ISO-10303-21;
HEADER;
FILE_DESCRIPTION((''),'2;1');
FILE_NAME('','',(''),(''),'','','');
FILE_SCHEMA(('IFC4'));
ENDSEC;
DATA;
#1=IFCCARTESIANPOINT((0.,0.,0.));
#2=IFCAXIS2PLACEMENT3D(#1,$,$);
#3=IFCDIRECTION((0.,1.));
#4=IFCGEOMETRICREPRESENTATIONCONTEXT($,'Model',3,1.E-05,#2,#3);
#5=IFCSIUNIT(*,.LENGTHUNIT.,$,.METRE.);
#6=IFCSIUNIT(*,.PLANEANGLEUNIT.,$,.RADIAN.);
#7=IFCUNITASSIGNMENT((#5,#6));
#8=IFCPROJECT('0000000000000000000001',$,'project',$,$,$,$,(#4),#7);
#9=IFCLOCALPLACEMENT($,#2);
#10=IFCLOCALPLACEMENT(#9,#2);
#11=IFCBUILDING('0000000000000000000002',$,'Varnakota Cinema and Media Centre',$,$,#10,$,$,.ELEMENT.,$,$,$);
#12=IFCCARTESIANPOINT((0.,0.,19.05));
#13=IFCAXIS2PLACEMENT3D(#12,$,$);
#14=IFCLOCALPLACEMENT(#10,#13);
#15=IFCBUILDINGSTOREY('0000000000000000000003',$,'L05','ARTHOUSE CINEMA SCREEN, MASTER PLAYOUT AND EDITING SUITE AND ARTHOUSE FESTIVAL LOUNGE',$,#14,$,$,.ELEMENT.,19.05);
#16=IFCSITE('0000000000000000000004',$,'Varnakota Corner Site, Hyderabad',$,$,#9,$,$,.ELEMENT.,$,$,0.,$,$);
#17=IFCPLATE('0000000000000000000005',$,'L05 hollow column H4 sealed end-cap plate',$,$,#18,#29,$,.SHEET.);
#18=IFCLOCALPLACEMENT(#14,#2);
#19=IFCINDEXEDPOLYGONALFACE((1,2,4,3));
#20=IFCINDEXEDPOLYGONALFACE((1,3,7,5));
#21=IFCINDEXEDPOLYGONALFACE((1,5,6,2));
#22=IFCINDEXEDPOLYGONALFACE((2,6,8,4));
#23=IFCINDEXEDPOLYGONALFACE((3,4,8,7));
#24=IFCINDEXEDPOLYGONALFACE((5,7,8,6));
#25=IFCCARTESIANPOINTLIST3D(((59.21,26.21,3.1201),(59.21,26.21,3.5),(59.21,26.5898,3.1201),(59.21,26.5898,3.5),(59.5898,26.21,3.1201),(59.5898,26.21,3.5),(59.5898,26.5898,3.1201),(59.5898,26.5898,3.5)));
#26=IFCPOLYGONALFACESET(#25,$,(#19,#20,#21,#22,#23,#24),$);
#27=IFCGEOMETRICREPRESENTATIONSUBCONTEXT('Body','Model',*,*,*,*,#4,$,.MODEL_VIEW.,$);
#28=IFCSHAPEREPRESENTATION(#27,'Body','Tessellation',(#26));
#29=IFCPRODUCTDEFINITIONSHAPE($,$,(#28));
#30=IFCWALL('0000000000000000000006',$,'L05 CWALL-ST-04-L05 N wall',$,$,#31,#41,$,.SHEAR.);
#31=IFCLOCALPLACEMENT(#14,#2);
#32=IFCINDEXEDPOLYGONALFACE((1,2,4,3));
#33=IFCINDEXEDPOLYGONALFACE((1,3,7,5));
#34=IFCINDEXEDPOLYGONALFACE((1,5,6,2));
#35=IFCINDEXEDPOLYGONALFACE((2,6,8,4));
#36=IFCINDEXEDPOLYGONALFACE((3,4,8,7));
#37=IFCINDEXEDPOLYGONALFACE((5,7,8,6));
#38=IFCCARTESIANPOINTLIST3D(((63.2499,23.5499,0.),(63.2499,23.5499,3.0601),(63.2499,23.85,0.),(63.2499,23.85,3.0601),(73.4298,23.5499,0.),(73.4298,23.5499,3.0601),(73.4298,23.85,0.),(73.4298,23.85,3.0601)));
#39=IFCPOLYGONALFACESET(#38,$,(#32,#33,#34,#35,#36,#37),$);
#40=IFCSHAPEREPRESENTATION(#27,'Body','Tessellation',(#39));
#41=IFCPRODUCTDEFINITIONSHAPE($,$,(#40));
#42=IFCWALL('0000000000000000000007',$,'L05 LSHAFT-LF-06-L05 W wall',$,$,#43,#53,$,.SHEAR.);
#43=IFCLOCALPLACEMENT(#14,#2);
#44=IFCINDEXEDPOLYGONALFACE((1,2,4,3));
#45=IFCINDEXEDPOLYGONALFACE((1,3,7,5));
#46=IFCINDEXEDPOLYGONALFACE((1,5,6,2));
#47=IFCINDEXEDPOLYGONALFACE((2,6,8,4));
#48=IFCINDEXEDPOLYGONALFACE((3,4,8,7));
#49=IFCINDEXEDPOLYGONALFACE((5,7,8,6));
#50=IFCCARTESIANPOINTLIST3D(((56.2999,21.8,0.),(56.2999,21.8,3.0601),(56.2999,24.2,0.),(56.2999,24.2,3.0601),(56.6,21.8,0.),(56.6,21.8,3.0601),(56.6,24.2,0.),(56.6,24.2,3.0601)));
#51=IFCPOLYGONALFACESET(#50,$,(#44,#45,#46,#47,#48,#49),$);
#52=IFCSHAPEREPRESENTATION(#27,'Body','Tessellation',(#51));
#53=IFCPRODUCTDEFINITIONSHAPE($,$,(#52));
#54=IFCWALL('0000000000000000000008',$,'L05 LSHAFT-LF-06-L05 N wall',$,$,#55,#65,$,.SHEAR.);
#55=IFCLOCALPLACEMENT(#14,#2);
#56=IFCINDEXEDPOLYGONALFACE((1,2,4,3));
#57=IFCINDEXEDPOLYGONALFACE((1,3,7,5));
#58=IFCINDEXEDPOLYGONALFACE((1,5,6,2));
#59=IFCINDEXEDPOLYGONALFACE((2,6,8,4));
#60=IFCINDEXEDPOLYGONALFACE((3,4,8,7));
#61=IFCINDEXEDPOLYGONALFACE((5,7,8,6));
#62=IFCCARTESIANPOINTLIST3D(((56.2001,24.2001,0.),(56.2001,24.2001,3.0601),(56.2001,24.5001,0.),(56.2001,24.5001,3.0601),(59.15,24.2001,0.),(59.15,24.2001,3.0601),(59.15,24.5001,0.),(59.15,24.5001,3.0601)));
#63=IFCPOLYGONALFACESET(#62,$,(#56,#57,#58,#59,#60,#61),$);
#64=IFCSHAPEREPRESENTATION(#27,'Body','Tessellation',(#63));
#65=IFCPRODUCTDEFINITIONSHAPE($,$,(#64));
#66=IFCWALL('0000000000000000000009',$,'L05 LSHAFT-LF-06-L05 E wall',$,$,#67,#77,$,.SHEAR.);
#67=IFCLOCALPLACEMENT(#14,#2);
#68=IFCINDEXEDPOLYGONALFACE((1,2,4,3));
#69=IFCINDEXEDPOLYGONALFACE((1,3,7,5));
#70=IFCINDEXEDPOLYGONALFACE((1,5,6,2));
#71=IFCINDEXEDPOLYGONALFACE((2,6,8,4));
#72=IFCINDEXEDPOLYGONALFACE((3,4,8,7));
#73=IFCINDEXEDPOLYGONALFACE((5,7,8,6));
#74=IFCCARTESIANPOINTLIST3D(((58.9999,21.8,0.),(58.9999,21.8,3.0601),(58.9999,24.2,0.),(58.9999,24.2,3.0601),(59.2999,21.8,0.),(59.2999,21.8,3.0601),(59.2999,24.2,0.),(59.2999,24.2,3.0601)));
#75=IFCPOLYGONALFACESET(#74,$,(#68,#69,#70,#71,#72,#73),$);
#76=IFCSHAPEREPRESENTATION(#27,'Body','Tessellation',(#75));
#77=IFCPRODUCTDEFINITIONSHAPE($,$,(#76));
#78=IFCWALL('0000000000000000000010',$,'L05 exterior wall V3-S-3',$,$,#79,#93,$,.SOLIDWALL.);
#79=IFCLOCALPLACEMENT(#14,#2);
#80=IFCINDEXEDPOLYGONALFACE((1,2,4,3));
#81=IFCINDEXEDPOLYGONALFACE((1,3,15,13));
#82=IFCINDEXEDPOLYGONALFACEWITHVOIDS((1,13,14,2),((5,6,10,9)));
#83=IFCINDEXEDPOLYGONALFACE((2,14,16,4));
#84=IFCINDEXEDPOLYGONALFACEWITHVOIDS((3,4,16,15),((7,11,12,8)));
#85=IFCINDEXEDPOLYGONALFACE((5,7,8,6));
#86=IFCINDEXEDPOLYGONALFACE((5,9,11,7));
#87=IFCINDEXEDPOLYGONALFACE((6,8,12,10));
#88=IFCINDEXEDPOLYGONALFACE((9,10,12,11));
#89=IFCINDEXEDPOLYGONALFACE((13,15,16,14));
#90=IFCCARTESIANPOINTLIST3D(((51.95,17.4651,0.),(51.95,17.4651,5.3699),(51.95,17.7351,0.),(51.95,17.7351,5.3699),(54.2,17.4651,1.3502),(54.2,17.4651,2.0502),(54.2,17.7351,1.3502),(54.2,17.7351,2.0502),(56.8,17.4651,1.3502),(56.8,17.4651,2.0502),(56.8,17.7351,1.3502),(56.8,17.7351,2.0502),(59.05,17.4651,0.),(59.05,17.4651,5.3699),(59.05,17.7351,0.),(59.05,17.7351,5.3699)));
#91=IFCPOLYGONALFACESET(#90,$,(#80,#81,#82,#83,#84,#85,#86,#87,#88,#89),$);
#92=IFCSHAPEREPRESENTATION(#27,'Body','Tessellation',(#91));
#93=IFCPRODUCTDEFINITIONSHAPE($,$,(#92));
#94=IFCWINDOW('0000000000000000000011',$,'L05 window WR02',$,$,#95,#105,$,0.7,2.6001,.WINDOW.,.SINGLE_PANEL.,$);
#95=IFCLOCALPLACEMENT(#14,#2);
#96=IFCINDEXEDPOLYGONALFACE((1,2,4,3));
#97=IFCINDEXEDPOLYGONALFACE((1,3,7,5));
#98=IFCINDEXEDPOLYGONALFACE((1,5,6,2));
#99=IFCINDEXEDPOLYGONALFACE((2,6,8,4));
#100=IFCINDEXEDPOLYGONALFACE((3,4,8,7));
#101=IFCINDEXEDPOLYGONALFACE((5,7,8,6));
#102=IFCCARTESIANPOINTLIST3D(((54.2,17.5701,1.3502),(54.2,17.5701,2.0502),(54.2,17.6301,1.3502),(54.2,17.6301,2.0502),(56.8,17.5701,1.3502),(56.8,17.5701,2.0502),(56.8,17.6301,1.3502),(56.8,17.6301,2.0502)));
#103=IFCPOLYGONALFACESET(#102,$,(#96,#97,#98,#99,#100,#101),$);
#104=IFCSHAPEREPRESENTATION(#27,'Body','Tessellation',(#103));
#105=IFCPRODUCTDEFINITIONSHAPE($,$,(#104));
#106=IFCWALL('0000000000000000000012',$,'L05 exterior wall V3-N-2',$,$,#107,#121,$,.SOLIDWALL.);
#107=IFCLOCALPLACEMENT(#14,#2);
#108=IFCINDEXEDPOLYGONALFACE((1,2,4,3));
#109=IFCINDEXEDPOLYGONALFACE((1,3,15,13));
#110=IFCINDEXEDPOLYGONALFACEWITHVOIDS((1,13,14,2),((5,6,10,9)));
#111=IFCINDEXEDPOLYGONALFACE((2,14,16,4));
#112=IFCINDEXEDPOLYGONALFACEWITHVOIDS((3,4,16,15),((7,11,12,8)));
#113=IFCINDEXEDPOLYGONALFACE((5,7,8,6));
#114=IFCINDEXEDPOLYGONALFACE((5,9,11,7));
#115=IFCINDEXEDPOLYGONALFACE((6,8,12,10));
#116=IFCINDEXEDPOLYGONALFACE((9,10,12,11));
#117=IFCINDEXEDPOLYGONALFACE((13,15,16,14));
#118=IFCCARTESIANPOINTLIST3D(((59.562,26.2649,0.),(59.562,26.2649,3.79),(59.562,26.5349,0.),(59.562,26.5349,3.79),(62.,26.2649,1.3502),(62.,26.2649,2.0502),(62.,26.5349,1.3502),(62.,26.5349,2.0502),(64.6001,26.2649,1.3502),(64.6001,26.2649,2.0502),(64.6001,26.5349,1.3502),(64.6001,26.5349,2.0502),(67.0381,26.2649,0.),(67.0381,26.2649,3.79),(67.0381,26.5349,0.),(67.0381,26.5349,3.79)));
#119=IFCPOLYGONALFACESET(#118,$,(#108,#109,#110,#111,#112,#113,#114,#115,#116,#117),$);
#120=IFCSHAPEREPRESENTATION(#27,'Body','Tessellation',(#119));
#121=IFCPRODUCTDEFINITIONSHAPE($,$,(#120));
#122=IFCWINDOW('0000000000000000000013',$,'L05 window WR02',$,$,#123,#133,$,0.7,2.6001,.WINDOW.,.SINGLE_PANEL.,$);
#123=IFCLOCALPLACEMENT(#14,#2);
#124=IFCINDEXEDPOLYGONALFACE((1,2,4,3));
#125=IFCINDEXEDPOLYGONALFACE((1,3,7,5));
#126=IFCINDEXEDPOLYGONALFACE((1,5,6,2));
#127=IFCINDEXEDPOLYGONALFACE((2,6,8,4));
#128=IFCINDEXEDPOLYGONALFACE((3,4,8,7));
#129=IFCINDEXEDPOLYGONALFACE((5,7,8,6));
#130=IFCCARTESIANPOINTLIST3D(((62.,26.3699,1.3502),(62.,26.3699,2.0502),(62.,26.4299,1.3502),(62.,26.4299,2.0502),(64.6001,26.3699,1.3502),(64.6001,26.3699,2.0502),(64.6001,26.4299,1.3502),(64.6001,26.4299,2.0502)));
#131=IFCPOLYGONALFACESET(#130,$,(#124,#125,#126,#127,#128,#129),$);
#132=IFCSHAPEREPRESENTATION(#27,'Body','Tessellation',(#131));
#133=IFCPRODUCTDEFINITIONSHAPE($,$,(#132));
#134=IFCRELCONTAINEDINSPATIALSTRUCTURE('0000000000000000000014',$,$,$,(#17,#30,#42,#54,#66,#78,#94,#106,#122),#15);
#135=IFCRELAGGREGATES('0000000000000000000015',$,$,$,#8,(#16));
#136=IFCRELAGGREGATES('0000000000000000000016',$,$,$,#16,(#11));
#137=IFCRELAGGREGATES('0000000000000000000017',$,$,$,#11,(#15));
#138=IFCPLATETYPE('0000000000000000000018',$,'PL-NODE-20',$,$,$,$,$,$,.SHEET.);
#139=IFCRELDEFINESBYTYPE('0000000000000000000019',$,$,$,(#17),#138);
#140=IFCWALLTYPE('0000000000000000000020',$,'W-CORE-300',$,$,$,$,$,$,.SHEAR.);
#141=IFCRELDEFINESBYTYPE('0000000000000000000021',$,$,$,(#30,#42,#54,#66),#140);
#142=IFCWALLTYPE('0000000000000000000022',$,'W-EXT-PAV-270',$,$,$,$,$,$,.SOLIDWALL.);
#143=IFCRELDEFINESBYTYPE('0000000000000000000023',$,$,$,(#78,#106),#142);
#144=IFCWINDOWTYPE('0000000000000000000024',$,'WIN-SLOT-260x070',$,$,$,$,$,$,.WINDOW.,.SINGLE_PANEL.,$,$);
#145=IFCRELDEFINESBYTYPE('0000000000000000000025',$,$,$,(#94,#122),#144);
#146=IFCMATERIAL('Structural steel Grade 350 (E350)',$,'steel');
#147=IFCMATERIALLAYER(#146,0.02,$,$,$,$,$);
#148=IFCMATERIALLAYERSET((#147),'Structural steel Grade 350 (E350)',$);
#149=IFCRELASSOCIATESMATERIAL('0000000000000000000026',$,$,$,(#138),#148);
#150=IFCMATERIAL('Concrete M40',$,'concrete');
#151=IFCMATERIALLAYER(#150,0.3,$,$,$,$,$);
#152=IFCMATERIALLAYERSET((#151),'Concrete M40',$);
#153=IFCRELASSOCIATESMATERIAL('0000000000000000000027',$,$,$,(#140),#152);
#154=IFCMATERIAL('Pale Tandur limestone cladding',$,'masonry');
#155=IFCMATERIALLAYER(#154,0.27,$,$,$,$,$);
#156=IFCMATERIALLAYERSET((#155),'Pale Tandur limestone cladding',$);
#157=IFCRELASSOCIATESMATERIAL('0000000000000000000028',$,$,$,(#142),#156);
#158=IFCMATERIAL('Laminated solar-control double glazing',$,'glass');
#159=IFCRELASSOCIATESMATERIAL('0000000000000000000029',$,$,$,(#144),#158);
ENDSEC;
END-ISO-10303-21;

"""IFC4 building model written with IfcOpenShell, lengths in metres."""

from ifc_helpers import new_model, si_unit, direction, frame, frame_2d, origin, origin_2d, place, context, subcontext, project, spatial, rectangle, extrude, material, layer, layer_set, type_object, element, fill, save


model = new_model("IFC4")

# Units and contexts
model_context = context("Model", 3, precision=1e-05, world=origin(), true_north=direction((0.0, 1.0)))
body_context = subcontext(model_context, "Body", "Model", "MODEL_VIEW")
ifc_project = project(units=[si_unit("LENGTHUNIT", "METRE"), si_unit("PLANEANGLEUNIT", "RADIAN")], contexts=[model_context])

# Site, building, storey
site_placement = place(None, origin())
site = spatial("IfcSite", under=ifc_project, at=site_placement, Name="Varnakota Corner Site, Hyderabad", CompositionType="ELEMENT", RefElevation=0.0)
building_placement = place(site_placement, origin())
building = spatial("IfcBuilding", under=site, at=building_placement, Name="Varnakota Cinema and Media Centre", CompositionType="ELEMENT")
storey_placement = place(building_placement, frame((0.0, 0.0, 19.05)))
storey = spatial("IfcBuildingStorey", under=building, at=storey_placement, Name="L05", Description="ARTHOUSE CINEMA SCREEN, MASTER PLAYOUT AND EDITING SUITE AND ARTHOUSE FESTIVAL LOUNGE", CompositionType="ELEMENT", Elevation=19.05)

# Plate
ifc_material_1 = material(Name="Structural steel Grade 350 (E350)", Category="steel")
ifc_layer_1 = layer(ifc_material_1, 0.02)
ifc_layer_set_1 = layer_set([ifc_layer_1], Name="Structural steel Grade 350 (E350)")
plate_type = type_object("IfcPlateType", Name="PL-NODE-20", PredefinedType="SHEET", material=ifc_layer_set_1)
plate_placement = place(storey_placement, frame((59.3999, 26.3999, 3.1201), z_axis=(0.0, 0.0, 1.0), x_axis=(1.0, 0.0, 0.0)))
element("IfcPlate", 1, at=plate_placement, inside=storey, type_object=plate_type, Name="L05 hollow column H4 sealed end-cap plate", PredefinedType="SHEET", context=body_context, shape_type="SweptSolid", body=[
    extrude(rectangle(XDim=0.3799, YDim=0.3799, at=origin_2d()), origin(), (0.0, 0.0, 1.0), 0.3799),
])

# Shared definitions
ifc_material_2 = material(Name="Concrete M40", Category="concrete")
ifc_layer_2 = layer(ifc_material_2, 0.3)
ifc_layer_set_2 = layer_set([ifc_layer_2], Name="Concrete M40")
wall_type_1 = type_object("IfcWallType", Name="W-CORE-300", PredefinedType="SHEAR", material=ifc_layer_set_2)

# Wall
wall_1_placement = place(storey_placement, frame((63.25, 23.7, 0.0), z_axis=(0.0, 0.0, 1.0), x_axis=(1.0, 0.0, 0.0)))
element("IfcWall", 2, at=wall_1_placement, inside=storey, type_object=wall_type_1, Name="L05 CWALL-ST-04-L05 N wall", PredefinedType="SHEAR", context=body_context, shape_type="SweptSolid", body=[
    extrude(rectangle(XDim=10.1799, YDim=0.3, at=frame_2d((5.0898, 0.0))), origin(), (0.0, 0.0, 1.0), 3.0601),
])

# Walls
wall_2_placement = place(storey_placement, frame((56.45, 21.8, 0.0), z_axis=(0.0, 0.0, 1.0), x_axis=(0.0, 1.0, 0.0)))
element("IfcWall", 3, at=wall_2_placement, inside=storey, type_object=wall_type_1, Name="L05 LSHAFT-LF-06-L05 W wall", PredefinedType="SHEAR", context=body_context, shape_type="SweptSolid", body=[
    extrude(rectangle(XDim=2.3999, YDim=0.3, at=frame_2d((1.2, 0.0))), origin(), (0.0, 0.0, 1.0), 3.0601),
])
wall_3_placement = place(storey_placement, frame((56.2, 24.3501, 0.0), z_axis=(0.0, 0.0, 1.0), x_axis=(1.0, 0.0, 0.0)))
element("IfcWall", 4, at=wall_3_placement, inside=storey, type_object=wall_type_1, Name="L05 LSHAFT-LF-06-L05 N wall", PredefinedType="SHEAR", context=body_context, shape_type="SweptSolid", body=[
    extrude(rectangle(XDim=2.95, YDim=0.3, at=frame_2d((1.4751, 0.0))), origin(), (0.0, 0.0, 1.0), 3.0601),
])
wall_4_placement = place(storey_placement, frame((59.1499, 24.2, 0.0), z_axis=(0.0, 0.0, 1.0), x_axis=(0.0, -1.0, 0.0)))
element("IfcWall", 5, at=wall_4_placement, inside=storey, type_object=wall_type_1, Name="L05 LSHAFT-LF-06-L05 E wall", PredefinedType="SHEAR", context=body_context, shape_type="SweptSolid", body=[
    extrude(rectangle(XDim=2.3999, YDim=0.3, at=frame_2d((1.2, 0.0))), origin(), (0.0, 0.0, 1.0), 3.0601),
])

# Walls, openings, windows
ifc_material_3 = material(Name="Pale Tandur limestone cladding", Category="masonry")
ifc_layer_3 = layer(ifc_material_3, 0.27)
ifc_layer_set_3 = layer_set([ifc_layer_3], Name="Pale Tandur limestone cladding")
wall_type_2 = type_object("IfcWallType", Name="W-EXT-PAV-270", PredefinedType="SOLIDWALL", material=ifc_layer_set_3)
wall_5_placement = place(storey_placement, frame((59.05, 17.6001, 0.0), z_axis=(0.0, 0.0, 1.0), x_axis=(-1.0, 0.0, 0.0)))
wall_5 = element("IfcWall", 6, at=wall_5_placement, inside=storey, type_object=wall_type_2, Name="L05 exterior wall V3-S-3", PredefinedType="SOLIDWALL", context=body_context, shape_type="SweptSolid", body=[
    extrude(rectangle(XDim=7.1001, YDim=0.27, at=frame_2d((3.55, 0.0))), origin(), (0.0, 0.0, 1.0), 5.3699),
])
opening_1_placement = place(wall_5_placement, frame((2.25, 0.0, 1.3501)))
opening_1 = element("IfcOpeningElement", 7, at=opening_1_placement, cuts=wall_5, PredefinedType="OPENING", context=body_context, shape_type="SweptSolid", body=[
    extrude(rectangle(XDim=2.6001, YDim=0.7, at=frame_2d((1.3, 0.3501))), frame((0.0, 0.135, 0.0), z_axis=(0.0, -1.0, 0.0), x_axis=(1.0, 0.0, 0.0)), (0.0, 0.0, 1.0), 0.27),
])
ifc_material_4 = material(Name="Laminated solar-control double glazing", Category="glass")
window_type = type_object("IfcWindowType", Name="WIN-SLOT-260x070", PartitioningType="SINGLE_PANEL", PredefinedType="WINDOW", material=ifc_material_4)
window_1_placement = place(opening_1_placement, origin())
window_1 = element("IfcWindow", 8, at=window_1_placement, inside=storey, type_object=window_type, Name="L05 window WR02", OverallHeight=0.7, OverallWidth=2.6001, PartitioningType="SINGLE_PANEL", PredefinedType="WINDOW", context=body_context, shape_type="SweptSolid", body=[
    extrude(rectangle(XDim=2.6001, YDim=0.7, at=frame_2d((1.3, 0.3501))), frame((0.0, 0.03, 0.0), z_axis=(0.0, -1.0, 0.0), x_axis=(1.0, 0.0, 0.0)), (0.0, 0.0, 1.0), 0.0601),
])
fill(opening_1, window_1)
wall_6_placement = place(storey_placement, frame((59.562, 26.3999, 0.0), z_axis=(0.0, 0.0, 1.0), x_axis=(1.0, 0.0, 0.0)))
wall_6 = element("IfcWall", 9, at=wall_6_placement, inside=storey, type_object=wall_type_2, Name="L05 exterior wall V3-N-2", PredefinedType="SOLIDWALL", context=body_context, shape_type="SweptSolid", body=[
    extrude(rectangle(XDim=7.4761, YDim=0.27, at=frame_2d((3.738, 0.0))), origin(), (0.0, 0.0, 1.0), 3.79),
])
opening_2_placement = place(wall_6_placement, frame((2.438, 0.0, 1.3501)))
opening_2 = element("IfcOpeningElement", 10, at=opening_2_placement, cuts=wall_6, PredefinedType="OPENING", context=body_context, shape_type="SweptSolid", body=[
    extrude(rectangle(XDim=2.6001, YDim=0.7, at=frame_2d((1.3, 0.3501))), frame((0.0, 0.135, 0.0), z_axis=(0.0, -1.0, 0.0), x_axis=(1.0, 0.0, 0.0)), (0.0, 0.0, 1.0), 0.27),
])
window_2_placement = place(opening_2_placement, origin())
window_2 = element("IfcWindow", 11, at=window_2_placement, inside=storey, type_object=window_type, Name="L05 window WR02", OverallHeight=0.7, OverallWidth=2.6001, PartitioningType="SINGLE_PANEL", PredefinedType="WINDOW", context=body_context, shape_type="SweptSolid", body=[
    extrude(rectangle(XDim=2.6001, YDim=0.7, at=frame_2d((1.3, 0.3501))), frame((0.0, 0.03, 0.0), z_axis=(0.0, -1.0, 0.0), x_axis=(1.0, 0.0, 0.0)), (0.0, 0.0, 1.0), 0.0601),
])
fill(opening_2, window_2)

save(model, "model.ifc")
